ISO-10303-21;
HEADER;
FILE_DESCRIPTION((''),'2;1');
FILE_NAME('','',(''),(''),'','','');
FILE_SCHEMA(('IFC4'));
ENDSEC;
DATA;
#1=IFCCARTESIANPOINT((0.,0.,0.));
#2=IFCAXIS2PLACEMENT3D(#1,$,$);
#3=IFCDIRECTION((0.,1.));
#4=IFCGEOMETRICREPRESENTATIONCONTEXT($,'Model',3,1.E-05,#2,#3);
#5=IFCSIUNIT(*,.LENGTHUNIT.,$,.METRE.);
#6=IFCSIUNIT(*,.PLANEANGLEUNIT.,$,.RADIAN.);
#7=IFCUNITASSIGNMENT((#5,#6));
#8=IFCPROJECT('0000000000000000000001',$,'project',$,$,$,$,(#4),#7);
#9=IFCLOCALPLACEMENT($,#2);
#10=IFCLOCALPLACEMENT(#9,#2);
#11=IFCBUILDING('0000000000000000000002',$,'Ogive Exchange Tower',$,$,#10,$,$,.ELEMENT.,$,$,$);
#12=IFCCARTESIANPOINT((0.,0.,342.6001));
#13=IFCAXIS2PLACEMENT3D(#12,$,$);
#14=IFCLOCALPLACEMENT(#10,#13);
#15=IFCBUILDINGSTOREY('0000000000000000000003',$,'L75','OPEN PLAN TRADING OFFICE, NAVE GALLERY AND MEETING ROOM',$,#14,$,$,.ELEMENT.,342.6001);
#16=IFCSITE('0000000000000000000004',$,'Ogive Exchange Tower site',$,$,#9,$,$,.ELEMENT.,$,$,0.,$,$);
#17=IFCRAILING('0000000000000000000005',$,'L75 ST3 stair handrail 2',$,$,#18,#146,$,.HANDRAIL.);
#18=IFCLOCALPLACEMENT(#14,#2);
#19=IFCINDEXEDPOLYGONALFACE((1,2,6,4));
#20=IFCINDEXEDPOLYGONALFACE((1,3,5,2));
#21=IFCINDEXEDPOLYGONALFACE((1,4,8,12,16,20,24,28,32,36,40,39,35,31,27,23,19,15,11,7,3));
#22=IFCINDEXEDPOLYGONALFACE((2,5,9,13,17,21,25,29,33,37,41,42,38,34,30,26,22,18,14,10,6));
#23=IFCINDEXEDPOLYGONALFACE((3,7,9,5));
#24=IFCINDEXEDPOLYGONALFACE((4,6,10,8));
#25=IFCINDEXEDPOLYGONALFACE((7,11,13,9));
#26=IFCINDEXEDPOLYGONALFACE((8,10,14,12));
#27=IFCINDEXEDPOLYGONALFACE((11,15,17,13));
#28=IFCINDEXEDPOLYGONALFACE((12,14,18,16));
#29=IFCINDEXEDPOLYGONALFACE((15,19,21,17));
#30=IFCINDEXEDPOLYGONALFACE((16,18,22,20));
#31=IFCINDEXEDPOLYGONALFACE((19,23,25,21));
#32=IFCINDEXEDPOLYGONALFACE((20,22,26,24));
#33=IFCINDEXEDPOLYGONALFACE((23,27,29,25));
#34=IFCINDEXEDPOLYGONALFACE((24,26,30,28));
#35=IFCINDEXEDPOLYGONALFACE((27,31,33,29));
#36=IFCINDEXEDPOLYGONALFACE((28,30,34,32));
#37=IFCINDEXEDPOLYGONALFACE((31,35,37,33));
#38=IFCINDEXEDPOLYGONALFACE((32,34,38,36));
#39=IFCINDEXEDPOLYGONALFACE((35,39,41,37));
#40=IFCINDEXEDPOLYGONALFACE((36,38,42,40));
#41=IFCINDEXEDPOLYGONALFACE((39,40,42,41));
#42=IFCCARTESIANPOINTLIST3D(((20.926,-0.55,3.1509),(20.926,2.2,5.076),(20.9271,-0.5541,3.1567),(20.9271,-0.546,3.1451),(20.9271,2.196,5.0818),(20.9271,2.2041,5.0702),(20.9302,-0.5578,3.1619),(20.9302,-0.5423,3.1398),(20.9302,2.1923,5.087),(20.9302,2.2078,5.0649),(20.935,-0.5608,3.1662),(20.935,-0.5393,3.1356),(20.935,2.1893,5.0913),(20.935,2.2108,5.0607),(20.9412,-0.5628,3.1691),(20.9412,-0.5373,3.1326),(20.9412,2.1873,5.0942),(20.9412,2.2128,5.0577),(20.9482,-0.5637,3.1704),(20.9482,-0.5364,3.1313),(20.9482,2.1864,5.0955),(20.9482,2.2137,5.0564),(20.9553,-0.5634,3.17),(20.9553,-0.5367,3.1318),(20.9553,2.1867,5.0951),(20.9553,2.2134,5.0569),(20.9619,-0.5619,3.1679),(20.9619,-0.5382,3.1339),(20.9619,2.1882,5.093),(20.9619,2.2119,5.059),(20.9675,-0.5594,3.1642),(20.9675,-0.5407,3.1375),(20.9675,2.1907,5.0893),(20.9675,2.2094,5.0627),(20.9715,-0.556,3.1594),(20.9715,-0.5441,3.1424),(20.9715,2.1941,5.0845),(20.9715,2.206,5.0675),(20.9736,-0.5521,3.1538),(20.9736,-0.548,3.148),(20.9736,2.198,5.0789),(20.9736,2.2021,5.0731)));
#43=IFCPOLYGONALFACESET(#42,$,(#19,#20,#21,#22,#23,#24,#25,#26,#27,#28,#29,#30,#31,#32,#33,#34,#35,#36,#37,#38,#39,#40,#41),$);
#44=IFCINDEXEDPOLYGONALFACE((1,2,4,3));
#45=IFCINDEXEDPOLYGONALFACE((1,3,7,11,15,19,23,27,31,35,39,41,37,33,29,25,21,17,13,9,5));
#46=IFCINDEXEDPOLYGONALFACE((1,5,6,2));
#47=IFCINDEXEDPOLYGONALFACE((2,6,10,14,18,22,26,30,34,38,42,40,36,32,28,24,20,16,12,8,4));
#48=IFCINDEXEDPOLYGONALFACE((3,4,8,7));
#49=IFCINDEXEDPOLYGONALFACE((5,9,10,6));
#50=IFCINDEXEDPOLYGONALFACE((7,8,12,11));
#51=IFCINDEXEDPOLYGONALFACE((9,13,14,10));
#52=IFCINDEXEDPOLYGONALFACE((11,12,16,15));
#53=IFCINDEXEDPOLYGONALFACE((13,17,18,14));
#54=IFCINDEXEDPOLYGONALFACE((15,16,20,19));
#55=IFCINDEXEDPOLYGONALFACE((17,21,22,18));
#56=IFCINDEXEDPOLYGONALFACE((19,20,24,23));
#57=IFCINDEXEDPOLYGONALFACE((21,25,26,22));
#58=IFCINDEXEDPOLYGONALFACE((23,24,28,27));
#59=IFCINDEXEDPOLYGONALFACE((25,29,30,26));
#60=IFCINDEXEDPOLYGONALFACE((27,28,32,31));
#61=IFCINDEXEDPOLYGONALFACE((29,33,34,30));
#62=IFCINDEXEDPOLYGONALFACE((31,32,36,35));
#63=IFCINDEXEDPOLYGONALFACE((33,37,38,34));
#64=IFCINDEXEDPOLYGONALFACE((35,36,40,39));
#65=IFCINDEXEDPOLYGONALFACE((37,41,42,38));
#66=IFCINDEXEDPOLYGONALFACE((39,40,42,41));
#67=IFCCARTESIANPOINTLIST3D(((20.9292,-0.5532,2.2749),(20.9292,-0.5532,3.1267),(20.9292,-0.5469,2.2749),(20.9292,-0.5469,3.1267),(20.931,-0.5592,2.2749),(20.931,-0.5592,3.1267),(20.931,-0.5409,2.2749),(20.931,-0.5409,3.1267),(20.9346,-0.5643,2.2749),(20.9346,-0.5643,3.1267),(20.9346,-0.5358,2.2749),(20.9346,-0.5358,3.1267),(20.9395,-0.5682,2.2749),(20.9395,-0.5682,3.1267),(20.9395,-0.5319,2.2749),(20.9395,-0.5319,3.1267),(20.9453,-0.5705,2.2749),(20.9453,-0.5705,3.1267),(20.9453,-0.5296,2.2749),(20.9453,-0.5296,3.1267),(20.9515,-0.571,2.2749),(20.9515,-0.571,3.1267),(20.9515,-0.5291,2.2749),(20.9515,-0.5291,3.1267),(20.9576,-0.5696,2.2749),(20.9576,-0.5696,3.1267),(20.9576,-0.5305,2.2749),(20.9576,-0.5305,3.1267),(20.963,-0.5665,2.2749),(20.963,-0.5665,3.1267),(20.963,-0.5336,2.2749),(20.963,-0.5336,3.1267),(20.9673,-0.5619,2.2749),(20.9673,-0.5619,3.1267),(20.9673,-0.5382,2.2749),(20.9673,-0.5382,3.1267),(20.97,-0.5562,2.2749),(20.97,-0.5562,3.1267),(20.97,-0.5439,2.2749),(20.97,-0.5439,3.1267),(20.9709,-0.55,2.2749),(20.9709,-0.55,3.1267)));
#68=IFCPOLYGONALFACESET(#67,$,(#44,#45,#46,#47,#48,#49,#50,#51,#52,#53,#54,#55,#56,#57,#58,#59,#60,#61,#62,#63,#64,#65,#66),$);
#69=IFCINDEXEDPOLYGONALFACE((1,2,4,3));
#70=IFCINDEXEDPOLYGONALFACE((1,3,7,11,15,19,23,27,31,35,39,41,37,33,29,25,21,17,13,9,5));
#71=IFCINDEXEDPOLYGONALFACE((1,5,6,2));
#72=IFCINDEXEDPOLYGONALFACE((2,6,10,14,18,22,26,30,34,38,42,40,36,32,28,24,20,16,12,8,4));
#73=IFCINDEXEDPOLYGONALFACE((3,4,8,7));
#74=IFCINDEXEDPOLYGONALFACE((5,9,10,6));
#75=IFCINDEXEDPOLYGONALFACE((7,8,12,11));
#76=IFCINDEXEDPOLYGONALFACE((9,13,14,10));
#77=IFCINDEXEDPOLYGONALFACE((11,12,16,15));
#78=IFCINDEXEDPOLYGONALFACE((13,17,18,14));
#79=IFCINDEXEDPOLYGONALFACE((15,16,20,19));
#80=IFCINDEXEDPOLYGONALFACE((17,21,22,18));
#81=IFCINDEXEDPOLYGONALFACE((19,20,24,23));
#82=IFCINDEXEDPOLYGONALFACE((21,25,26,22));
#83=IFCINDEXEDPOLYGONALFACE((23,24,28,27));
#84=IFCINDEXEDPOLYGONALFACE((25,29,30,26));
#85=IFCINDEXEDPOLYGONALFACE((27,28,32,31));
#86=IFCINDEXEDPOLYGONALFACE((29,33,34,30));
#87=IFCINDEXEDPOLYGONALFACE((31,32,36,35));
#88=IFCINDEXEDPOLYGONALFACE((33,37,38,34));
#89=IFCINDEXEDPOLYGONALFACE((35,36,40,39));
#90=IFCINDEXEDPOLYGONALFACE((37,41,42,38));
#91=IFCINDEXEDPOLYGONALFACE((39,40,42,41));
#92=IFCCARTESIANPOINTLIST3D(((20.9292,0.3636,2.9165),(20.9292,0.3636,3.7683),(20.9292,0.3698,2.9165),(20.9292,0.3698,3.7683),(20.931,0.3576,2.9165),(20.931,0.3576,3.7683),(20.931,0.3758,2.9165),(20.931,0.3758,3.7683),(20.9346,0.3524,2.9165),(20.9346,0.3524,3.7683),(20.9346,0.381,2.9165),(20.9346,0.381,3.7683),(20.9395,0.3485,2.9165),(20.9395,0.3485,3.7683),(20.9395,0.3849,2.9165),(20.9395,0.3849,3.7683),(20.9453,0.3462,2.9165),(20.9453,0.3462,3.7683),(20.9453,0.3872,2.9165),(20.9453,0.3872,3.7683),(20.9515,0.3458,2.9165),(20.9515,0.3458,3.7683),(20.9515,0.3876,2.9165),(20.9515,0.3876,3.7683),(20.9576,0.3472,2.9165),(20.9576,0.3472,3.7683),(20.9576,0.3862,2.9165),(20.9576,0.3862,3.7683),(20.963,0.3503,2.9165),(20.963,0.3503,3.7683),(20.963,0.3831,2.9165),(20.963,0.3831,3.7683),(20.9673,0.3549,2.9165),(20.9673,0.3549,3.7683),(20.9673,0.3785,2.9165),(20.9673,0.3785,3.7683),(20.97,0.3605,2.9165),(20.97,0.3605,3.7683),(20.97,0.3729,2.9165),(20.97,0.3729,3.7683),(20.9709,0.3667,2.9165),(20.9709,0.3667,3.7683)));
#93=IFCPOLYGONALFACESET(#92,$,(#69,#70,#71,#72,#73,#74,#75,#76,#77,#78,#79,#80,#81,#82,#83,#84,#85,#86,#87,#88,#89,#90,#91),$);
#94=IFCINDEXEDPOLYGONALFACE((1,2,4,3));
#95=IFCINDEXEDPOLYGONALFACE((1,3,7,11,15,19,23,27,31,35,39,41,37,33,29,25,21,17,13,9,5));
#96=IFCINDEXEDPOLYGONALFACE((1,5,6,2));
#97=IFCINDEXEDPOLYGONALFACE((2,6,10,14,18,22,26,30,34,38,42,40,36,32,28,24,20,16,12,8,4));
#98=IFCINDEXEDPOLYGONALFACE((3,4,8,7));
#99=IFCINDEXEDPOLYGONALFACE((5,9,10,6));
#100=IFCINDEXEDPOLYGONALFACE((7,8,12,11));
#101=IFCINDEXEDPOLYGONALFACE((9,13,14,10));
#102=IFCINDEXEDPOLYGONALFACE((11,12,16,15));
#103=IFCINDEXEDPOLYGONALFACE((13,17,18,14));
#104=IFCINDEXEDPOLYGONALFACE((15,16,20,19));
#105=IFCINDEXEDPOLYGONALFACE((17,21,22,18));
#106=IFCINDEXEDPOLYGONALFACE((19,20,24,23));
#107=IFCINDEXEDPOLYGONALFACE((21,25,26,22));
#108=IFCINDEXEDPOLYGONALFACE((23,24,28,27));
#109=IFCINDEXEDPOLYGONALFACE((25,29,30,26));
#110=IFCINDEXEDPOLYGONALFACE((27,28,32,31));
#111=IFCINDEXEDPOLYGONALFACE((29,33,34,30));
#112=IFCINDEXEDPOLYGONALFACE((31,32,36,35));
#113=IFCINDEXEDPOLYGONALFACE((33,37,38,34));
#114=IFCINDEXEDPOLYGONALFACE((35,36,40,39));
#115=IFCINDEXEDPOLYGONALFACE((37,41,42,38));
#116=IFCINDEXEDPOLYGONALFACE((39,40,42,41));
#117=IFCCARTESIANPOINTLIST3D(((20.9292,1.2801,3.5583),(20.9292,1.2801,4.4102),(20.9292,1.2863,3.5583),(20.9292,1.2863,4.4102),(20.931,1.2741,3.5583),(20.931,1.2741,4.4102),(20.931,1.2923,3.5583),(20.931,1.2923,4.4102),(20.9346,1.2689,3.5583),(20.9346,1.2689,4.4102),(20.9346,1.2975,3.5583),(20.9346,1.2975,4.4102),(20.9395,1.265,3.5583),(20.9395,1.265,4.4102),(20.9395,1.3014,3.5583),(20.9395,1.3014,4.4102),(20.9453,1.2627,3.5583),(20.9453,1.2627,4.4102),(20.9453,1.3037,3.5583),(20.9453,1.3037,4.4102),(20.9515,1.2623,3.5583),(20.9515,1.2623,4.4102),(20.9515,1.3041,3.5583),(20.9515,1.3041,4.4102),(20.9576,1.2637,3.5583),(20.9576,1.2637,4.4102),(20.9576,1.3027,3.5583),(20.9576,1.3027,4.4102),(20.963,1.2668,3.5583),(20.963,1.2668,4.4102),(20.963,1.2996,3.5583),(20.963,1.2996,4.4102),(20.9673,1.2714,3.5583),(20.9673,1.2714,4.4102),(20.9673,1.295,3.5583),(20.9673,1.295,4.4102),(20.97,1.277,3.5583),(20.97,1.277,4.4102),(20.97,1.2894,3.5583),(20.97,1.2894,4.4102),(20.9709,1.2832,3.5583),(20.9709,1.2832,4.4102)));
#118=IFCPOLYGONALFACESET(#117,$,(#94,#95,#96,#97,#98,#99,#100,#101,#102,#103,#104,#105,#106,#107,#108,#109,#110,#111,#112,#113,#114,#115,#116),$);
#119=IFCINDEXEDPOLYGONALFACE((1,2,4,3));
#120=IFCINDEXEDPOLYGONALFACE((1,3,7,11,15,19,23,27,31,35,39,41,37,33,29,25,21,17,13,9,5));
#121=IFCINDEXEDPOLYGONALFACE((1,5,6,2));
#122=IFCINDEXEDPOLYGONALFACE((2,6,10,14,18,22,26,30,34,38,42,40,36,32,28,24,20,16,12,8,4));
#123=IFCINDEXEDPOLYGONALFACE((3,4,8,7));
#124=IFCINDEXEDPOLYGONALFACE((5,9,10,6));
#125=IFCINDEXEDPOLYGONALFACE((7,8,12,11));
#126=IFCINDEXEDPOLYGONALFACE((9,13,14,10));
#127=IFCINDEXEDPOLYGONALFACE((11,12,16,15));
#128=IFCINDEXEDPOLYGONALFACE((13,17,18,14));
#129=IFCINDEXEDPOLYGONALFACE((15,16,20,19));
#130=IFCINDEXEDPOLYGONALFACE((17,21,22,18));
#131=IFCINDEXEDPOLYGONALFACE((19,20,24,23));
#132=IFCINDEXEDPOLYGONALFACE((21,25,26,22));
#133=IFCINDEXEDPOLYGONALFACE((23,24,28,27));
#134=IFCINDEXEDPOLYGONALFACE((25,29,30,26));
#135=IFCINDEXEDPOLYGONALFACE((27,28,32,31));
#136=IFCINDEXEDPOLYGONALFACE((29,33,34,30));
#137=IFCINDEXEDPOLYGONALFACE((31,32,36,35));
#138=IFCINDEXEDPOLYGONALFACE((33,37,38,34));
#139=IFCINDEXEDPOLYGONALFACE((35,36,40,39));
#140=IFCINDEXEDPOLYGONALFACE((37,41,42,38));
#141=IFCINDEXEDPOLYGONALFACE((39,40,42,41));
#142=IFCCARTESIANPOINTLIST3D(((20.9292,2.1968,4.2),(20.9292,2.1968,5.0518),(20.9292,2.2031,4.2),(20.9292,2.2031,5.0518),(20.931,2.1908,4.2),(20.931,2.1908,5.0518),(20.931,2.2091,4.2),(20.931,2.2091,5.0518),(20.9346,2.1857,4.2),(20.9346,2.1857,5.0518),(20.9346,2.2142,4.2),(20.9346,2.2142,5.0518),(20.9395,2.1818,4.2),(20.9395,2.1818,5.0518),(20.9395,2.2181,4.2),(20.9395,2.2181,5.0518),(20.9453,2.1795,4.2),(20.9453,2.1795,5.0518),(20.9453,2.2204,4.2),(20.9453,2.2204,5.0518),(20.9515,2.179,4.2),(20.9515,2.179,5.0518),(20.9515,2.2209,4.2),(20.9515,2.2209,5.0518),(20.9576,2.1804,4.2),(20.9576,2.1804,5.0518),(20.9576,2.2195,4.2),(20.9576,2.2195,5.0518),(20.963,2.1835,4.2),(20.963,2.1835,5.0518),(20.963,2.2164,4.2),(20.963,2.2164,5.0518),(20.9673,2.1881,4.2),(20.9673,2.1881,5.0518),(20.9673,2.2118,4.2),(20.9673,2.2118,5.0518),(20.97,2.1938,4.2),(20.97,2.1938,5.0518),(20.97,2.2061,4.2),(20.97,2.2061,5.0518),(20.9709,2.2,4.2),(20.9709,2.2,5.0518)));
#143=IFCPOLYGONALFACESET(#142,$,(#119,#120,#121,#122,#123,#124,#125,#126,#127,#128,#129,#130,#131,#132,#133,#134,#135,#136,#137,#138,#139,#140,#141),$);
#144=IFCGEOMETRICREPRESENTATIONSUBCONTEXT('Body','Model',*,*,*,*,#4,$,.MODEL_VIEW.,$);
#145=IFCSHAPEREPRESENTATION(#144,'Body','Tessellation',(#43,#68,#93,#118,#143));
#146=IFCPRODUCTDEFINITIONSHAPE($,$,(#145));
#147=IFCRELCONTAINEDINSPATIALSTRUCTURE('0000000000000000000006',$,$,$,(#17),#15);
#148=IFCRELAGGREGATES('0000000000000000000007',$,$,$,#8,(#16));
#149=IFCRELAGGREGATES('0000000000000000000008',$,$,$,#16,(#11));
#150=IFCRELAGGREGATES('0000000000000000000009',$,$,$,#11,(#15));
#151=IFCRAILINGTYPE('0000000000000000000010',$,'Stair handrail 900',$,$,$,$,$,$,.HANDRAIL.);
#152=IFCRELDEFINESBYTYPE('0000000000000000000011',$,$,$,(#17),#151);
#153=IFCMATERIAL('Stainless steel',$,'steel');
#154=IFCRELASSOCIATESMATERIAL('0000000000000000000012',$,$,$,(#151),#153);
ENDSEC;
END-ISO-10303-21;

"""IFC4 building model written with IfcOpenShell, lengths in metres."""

from ifc_helpers import new_model, si_unit, direction, frame, origin, origin_2d, place, context, subcontext, project, spatial, circle, extrude, material, type_object, element, save


model = new_model("IFC4")

# Units and contexts
model_context = context("Model", 3, precision=1e-05, world=origin(), true_north=direction((0.0, 1.0)))
body_context = subcontext(model_context, "Body", "Model", "MODEL_VIEW")
ifc_project = project(units=[si_unit("LENGTHUNIT", "METRE"), si_unit("PLANEANGLEUNIT", "RADIAN")], contexts=[model_context])

# Site, building, storey
site_placement = place(None, origin())
site = spatial("IfcSite", under=ifc_project, at=site_placement, Name="Ogive Exchange Tower site", CompositionType="ELEMENT", RefElevation=0.0)
building_placement = place(site_placement, origin())
building = spatial("IfcBuilding", under=site, at=building_placement, Name="Ogive Exchange Tower", CompositionType="ELEMENT")
storey_placement = place(building_placement, frame((0.0, 0.0, 342.6001)))
storey = spatial("IfcBuildingStorey", under=building, at=storey_placement, Name="L75", Description="OPEN PLAN TRADING OFFICE, NAVE GALLERY AND MEETING ROOM", CompositionType="ELEMENT", Elevation=342.6001)

# Railing
ifc_material_1 = material(Name="Stainless steel", Category="steel")
railing_type_1 = type_object("IfcRailingType", Name="Stair handrail 900", PredefinedType="HANDRAIL", material=ifc_material_1)
railing_1_placement = place(storey_placement, frame((20.95, -0.55, 2.2749)))
element("IfcRailing", 1, at=railing_1_placement, inside=storey, type_object=railing_type_1, Name="L75 ST3 stair handrail 2", PredefinedType="HANDRAIL", context=body_context, shape_type="SweptSolid", body=[
    extrude(circle(Radius=0.0239, at=origin_2d()), frame((0.0, 0.0, 0.876), z_axis=(0.0, 0.819225, 0.573472), x_axis=(-1.0, 0.0, 0.0)), (0.0, 0.0, 1.0), 3.3569),
    extrude(circle(Radius=0.021, at=origin_2d()), origin(), (0.0, 0.0, 1.0), 0.8518),
    extrude(circle(Radius=0.021, at=origin_2d()), frame((0.0, 0.9167, 0.6416)), (0.0, 0.0, 1.0), 0.8518),
    extrude(circle(Radius=0.021, at=origin_2d()), frame((0.0, 1.8333, 1.2834)), (0.0, 0.0, 1.0), 0.8518),
    extrude(circle(Radius=0.021, at=origin_2d()), frame((0.0, 2.75, 1.925)), (0.0, 0.0, 1.0), 0.8518),
])

save(model, "model.ifc")
